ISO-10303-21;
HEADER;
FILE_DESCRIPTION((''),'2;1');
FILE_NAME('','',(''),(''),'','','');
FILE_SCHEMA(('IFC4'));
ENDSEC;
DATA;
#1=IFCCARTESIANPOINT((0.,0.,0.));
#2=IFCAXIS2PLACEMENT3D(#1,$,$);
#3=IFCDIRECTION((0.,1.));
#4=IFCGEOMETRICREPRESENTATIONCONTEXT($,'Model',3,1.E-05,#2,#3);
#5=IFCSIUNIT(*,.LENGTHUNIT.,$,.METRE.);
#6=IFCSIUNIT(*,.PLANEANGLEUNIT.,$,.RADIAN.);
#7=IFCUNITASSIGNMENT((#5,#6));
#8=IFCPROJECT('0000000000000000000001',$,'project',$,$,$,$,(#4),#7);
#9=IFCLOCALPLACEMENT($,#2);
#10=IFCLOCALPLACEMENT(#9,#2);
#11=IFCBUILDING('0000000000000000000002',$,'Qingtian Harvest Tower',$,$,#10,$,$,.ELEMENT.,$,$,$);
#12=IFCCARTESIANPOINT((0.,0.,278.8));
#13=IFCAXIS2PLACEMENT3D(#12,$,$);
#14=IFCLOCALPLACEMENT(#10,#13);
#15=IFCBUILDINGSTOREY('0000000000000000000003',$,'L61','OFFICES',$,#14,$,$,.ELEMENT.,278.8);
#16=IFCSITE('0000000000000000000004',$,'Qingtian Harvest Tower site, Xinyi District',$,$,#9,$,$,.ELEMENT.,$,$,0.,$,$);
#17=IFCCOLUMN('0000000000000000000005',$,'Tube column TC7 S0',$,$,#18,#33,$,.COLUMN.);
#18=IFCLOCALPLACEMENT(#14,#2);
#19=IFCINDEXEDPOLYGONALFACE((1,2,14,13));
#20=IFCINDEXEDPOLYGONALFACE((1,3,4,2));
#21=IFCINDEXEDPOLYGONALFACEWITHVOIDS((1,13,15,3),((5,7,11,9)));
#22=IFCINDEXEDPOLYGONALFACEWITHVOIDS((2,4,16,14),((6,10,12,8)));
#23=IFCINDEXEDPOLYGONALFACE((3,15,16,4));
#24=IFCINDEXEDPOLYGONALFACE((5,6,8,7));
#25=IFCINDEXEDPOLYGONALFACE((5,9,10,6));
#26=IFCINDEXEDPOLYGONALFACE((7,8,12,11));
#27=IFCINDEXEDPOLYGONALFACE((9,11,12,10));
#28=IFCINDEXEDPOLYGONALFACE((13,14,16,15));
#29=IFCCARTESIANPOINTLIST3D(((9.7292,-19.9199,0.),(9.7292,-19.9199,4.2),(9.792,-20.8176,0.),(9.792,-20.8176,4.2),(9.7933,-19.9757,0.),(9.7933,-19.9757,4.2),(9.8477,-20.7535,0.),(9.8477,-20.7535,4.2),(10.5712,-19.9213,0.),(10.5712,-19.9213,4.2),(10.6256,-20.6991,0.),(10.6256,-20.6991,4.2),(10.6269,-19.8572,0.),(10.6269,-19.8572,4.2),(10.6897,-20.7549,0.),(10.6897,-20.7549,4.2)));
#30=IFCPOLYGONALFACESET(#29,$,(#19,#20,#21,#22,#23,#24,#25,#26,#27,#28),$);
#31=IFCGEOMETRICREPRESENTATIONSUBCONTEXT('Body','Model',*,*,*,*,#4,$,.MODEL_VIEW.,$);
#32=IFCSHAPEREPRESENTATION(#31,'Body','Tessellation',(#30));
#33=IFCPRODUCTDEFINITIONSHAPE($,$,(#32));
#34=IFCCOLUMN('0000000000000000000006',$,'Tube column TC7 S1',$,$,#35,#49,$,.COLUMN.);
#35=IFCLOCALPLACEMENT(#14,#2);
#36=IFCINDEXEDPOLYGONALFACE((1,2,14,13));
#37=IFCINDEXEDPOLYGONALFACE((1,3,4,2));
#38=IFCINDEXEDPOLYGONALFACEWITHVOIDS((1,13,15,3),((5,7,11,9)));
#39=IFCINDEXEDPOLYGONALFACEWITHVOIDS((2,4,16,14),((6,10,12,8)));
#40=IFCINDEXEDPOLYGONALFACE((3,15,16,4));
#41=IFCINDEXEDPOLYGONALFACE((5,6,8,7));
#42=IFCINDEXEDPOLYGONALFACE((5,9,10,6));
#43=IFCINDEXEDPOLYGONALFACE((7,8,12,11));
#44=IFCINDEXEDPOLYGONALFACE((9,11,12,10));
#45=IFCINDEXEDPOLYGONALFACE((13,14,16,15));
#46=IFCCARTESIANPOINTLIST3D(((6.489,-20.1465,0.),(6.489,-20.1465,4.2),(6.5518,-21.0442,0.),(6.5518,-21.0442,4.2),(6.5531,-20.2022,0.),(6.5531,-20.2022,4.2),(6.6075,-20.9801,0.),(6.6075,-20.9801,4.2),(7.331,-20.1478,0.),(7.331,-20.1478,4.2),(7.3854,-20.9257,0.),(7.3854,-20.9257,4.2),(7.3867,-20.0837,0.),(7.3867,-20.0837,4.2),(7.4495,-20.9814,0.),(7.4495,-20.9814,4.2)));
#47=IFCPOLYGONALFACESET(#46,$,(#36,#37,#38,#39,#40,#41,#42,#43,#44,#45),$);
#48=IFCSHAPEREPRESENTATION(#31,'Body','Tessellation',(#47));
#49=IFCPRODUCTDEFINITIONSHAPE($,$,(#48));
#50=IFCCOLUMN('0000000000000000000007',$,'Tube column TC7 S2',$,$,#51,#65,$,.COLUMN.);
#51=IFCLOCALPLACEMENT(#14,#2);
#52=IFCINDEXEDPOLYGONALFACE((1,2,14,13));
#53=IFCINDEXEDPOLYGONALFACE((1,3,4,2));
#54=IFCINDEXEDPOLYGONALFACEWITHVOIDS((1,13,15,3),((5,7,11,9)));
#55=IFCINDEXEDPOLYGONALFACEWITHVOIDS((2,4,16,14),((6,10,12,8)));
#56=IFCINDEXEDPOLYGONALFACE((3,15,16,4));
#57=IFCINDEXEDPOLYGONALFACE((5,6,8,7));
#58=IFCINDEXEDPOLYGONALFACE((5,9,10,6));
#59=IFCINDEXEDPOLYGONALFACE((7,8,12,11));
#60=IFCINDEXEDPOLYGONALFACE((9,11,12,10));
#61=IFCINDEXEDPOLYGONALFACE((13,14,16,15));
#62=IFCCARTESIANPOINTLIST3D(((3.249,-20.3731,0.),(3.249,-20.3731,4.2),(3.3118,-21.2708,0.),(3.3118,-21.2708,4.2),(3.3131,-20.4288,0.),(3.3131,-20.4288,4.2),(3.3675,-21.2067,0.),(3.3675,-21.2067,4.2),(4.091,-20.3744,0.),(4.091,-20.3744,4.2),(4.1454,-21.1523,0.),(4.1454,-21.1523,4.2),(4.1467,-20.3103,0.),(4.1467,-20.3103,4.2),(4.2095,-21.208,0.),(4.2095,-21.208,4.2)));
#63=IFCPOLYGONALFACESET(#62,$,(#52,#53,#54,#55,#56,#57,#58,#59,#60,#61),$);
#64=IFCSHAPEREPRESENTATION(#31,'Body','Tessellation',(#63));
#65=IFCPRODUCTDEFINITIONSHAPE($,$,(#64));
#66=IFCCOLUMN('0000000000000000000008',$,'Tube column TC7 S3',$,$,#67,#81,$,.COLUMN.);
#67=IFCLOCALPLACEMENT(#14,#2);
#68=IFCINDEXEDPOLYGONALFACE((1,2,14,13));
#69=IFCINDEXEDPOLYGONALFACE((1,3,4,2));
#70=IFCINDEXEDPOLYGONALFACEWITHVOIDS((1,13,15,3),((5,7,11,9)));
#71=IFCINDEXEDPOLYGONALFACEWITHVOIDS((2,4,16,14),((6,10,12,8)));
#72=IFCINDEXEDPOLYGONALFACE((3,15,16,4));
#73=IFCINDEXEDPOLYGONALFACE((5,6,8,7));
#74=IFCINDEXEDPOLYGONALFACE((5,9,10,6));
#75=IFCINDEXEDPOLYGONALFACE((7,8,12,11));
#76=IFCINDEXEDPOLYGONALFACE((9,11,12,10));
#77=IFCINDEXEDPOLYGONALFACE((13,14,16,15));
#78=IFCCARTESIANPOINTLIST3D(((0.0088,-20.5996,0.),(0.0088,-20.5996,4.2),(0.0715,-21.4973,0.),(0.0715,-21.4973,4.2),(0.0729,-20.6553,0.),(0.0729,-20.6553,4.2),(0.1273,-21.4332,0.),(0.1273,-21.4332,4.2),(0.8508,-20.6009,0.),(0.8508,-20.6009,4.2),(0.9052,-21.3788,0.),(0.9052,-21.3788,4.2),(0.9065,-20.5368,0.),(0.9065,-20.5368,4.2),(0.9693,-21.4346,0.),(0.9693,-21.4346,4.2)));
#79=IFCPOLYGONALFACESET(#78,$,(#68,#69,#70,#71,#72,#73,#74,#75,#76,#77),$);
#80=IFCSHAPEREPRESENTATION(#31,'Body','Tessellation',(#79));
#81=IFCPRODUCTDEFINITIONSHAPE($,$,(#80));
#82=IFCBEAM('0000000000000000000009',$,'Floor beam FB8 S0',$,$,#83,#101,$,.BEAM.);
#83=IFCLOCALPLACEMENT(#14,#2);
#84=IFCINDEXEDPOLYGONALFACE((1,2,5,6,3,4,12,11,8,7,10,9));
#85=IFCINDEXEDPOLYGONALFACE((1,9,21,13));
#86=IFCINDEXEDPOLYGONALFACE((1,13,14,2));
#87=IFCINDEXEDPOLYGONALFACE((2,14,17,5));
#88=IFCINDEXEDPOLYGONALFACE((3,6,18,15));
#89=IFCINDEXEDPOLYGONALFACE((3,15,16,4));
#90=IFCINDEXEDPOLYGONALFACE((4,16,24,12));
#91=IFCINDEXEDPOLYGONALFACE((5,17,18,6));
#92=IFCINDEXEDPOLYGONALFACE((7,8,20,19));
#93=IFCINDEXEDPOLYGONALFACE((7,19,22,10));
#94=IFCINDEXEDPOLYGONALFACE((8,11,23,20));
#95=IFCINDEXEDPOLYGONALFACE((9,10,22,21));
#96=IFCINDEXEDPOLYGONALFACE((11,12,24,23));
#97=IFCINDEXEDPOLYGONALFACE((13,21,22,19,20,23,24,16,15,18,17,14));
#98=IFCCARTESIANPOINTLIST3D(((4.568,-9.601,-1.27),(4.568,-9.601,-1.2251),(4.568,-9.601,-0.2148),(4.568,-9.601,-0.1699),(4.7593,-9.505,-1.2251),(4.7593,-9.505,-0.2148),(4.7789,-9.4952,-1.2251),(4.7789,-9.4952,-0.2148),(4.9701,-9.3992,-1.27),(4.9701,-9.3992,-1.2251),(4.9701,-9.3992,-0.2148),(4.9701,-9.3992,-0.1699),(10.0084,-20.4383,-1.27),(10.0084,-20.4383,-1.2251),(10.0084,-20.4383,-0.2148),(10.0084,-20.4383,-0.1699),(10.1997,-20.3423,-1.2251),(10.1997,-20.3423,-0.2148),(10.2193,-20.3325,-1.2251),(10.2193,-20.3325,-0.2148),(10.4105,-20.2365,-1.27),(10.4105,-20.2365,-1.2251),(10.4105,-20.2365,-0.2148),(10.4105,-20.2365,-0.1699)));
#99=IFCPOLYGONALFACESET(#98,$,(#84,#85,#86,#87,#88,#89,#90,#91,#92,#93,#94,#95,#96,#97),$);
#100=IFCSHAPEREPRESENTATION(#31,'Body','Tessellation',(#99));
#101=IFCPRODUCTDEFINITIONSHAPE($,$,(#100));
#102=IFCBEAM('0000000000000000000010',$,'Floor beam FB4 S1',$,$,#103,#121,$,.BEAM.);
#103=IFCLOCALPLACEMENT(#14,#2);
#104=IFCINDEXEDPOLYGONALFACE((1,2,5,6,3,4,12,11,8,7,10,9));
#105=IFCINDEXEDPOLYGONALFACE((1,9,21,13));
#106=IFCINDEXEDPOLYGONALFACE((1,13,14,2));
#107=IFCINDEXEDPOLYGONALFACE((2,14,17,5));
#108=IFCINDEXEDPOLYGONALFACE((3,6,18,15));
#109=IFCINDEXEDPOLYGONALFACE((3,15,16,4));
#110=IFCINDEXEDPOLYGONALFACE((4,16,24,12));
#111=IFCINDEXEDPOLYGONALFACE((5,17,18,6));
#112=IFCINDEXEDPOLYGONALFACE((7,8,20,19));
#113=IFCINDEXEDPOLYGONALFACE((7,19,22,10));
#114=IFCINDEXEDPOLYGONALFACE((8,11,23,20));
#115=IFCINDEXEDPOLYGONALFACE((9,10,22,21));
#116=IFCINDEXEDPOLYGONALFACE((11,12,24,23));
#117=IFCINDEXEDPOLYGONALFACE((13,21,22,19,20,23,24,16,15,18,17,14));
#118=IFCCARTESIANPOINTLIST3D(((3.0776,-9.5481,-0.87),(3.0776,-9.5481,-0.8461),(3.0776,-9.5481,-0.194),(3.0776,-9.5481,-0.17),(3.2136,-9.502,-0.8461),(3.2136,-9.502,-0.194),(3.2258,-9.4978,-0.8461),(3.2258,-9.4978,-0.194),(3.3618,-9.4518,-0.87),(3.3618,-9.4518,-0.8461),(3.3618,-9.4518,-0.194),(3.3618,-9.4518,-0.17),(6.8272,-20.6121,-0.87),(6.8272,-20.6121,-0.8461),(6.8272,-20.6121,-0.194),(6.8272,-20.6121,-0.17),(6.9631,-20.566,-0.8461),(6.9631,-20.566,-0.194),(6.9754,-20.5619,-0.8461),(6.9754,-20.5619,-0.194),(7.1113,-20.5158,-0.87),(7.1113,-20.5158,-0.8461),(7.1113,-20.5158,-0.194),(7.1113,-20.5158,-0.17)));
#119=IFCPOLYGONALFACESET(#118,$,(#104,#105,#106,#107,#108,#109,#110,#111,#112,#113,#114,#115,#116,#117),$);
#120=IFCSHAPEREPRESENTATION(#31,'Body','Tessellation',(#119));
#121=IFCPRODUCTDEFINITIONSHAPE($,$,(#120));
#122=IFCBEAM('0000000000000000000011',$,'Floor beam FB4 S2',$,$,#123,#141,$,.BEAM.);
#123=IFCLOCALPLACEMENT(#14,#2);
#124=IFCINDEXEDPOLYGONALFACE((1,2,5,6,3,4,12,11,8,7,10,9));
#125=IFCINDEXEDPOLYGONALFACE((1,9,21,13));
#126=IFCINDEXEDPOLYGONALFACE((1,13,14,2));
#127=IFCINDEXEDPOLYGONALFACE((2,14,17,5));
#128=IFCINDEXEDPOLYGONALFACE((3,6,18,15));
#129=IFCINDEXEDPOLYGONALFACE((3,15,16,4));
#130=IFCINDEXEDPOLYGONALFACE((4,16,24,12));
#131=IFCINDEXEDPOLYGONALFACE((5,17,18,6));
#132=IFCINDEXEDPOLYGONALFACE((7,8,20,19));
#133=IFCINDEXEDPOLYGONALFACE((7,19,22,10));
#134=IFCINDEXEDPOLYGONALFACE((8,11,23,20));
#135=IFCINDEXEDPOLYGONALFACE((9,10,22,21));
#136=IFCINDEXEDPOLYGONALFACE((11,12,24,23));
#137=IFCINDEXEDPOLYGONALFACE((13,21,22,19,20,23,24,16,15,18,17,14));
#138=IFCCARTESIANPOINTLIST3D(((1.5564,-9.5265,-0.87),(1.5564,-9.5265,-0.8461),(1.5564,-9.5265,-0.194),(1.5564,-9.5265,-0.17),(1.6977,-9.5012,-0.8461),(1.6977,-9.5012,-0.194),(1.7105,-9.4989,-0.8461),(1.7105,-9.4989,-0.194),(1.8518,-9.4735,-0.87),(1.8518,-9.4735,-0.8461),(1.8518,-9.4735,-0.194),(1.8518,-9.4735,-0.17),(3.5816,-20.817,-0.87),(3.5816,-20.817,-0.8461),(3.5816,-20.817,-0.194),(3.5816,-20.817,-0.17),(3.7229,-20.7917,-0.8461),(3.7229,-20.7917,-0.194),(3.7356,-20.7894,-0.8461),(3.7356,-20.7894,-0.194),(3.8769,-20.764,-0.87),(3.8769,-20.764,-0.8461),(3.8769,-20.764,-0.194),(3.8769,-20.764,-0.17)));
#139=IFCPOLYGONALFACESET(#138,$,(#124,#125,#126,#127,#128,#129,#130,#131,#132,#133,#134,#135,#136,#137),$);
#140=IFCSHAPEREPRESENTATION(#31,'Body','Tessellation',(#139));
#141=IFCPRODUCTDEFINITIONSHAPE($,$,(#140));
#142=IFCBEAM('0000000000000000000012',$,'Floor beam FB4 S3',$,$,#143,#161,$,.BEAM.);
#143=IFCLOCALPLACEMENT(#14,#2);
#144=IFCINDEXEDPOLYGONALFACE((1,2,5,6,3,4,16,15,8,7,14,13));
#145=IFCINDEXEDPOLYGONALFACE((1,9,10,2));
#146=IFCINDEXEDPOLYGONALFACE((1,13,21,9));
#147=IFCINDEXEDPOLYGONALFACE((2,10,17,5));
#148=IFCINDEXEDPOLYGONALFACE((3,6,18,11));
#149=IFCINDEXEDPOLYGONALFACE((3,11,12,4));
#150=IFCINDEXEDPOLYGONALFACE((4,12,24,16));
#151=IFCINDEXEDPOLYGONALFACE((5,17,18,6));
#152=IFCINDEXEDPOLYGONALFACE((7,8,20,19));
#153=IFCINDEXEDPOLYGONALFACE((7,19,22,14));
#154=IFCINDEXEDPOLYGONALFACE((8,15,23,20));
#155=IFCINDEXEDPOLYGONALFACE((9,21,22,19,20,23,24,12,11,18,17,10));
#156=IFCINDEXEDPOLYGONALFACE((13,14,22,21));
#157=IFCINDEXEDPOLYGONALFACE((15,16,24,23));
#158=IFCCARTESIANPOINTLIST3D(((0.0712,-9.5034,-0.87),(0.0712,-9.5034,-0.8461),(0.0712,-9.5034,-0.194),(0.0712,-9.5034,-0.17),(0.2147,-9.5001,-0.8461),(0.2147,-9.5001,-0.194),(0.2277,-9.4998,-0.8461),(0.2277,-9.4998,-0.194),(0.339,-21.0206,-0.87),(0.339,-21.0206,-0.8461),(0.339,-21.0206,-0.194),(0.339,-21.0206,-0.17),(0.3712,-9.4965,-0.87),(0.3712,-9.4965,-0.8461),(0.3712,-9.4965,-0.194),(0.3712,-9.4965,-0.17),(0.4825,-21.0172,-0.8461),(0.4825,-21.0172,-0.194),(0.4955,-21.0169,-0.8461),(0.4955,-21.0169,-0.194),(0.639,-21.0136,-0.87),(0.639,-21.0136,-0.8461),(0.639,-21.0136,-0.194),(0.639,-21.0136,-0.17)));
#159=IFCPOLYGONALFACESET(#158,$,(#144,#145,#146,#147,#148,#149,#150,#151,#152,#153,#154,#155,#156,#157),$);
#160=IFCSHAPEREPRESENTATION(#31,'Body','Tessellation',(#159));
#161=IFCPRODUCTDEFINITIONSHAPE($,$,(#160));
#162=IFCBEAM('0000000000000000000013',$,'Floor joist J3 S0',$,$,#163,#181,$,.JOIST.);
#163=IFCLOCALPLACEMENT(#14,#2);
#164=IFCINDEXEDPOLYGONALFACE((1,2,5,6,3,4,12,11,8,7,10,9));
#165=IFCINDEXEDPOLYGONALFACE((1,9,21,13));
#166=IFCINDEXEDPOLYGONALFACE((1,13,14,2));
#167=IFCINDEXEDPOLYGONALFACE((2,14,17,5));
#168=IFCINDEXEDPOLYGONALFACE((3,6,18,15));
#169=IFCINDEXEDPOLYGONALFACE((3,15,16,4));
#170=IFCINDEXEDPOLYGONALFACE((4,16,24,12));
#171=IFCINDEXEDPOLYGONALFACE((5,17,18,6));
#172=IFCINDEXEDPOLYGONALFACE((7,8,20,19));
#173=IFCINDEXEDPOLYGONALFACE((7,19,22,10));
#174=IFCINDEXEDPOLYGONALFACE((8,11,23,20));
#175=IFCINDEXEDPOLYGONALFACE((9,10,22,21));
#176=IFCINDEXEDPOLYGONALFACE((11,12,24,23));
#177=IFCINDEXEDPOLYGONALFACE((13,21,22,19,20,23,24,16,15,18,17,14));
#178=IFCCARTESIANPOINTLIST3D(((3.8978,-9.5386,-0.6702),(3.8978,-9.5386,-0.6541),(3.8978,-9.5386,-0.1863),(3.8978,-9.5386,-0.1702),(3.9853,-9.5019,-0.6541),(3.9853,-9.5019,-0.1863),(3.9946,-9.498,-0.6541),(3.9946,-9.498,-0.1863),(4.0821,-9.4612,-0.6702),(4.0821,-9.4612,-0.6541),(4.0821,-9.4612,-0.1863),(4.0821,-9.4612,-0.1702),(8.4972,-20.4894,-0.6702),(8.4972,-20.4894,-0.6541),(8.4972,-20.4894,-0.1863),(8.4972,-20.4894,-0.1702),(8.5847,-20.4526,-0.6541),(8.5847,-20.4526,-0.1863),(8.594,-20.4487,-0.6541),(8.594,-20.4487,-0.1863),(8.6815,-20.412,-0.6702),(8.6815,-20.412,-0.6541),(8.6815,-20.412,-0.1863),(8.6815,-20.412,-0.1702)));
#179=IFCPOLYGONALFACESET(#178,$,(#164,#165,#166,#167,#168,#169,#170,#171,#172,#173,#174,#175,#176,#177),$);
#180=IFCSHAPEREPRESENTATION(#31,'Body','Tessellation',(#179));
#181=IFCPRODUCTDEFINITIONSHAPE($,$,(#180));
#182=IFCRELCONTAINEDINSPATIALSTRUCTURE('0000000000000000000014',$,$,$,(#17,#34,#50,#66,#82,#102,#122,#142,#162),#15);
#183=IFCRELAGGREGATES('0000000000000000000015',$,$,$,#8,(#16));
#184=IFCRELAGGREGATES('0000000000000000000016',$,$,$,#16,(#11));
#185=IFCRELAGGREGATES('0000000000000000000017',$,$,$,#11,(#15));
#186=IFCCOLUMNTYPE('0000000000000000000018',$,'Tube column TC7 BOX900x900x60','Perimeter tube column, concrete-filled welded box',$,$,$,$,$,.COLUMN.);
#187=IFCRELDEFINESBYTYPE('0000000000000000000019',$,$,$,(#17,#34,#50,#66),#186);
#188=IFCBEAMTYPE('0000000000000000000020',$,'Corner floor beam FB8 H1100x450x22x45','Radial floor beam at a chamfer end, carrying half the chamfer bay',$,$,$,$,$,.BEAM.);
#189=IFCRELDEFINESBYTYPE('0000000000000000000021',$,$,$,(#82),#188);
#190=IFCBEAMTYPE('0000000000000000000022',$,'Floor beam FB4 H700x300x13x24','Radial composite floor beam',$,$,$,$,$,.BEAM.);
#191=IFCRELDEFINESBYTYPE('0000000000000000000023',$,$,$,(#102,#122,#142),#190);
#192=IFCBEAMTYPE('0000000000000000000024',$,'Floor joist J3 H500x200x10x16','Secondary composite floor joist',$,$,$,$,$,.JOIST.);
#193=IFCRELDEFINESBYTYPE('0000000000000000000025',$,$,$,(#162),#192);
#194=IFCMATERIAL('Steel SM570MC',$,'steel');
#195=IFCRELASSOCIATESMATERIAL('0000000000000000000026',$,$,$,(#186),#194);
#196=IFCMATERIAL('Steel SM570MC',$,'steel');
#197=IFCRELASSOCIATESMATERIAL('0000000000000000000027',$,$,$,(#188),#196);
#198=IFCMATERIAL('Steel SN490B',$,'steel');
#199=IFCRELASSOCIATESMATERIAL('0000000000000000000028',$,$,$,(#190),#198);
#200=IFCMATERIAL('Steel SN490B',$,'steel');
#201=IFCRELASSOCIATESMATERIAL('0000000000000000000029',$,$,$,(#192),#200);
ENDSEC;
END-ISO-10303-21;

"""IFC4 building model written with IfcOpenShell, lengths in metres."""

from ifc_helpers import new_model, si_unit, direction, frame, origin, origin_2d, place, context, subcontext, project, spatial, hollow_rectangle, i_section, extrude, material, material_profile, profile_set, type_object, element, save


model = new_model("IFC4")

# Units and contexts
model_context = context("Model", 3, precision=1e-05, world=origin(), true_north=direction((0.0, 1.0)))
body_context = subcontext(model_context, "Body", "Model", "MODEL_VIEW")
ifc_project = project(units=[si_unit("LENGTHUNIT", "METRE"), si_unit("PLANEANGLEUNIT", "RADIAN")], contexts=[model_context])

# Site, building, storey
site_placement = place(None, origin())
site = spatial("IfcSite", under=ifc_project, at=site_placement, Name="Qingtian Harvest Tower site, Xinyi District", CompositionType="ELEMENT", RefElevation=0.0)
building_placement = place(site_placement, origin())
building = spatial("IfcBuilding", under=site, at=building_placement, Name="Qingtian Harvest Tower", CompositionType="ELEMENT")
storey_placement = place(building_placement, frame((0.0, 0.0, 278.8)))
storey = spatial("IfcBuildingStorey", under=building, at=storey_placement, Name="L61", Description="OFFICES", CompositionType="ELEMENT", Elevation=278.8)

# Columns
ifc_material_1 = material(Name="Steel SM570MC", Category="steel")
ifc_material_profile_1 = material_profile(ifc_material_1, hollow_rectangle(XDim=0.8999, YDim=0.8999, WallThickness=0.0601, at=origin_2d()), Name="BOX900x900x60")
ifc_profile_set_1 = profile_set([ifc_material_profile_1], Name="Steel SM570MC")
column_type = type_object("IfcColumnType", Name="Tube column TC7 BOX900x900x60", Description="Perimeter tube column, concrete-filled welded box", PredefinedType="COLUMN", material=ifc_profile_set_1)
for number, where, z_axis, x_axis, name in (
    (1, (10.2095, -20.3374, 0.0), (0.0, 0.0, 1.0), (0.997564, 0.069756, 0.0), "Tube column TC7 S0"),
    (2, (6.9692, -20.564, 0.0), (0.0, 0.0, 1.0), (0.997564, 0.069756, 0.0), "Tube column TC7 S1"),
    (3, (3.7292, -20.7905, 0.0), (0.0, 0.0, 1.0), (0.997564, 0.069756, 0.0), "Tube column TC7 S2"),
    (4, (0.489, -21.0171, 0.0), (0.0, 0.0, 1.0), (0.997564, 0.069756, 0.0), "Tube column TC7 S3"),
):
    element("IfcColumn", number, at=place(storey_placement, frame(where, z_axis=z_axis, x_axis=x_axis)), inside=storey, type_object=column_type, Name=name, PredefinedType="COLUMN", context=body_context, shape_type="SweptSolid", body=[
        extrude(hollow_rectangle(XDim=0.8999, YDim=0.8999, WallThickness=0.0601, at=origin_2d()), origin(), (0.0, 0.0, 1.0), 4.2),
    ])

# Beams
ifc_material_2 = material(Name="Steel SM570MC", Category="steel")
ifc_material_profile_2 = material_profile(ifc_material_2, i_section(OverallWidth=0.45, OverallDepth=1.1001, WebThickness=0.022, FlangeThickness=0.0449, at=origin_2d()), Name="H1100x450x22x45")
ifc_profile_set_2 = profile_set([ifc_material_profile_2], Name="Steel SM570MC")
beam_type_1 = type_object("IfcBeamType", Name="Corner floor beam FB8 H1100x450x22x45", Description="Radial floor beam at a chamfer end, carrying half the chamfer bay", PredefinedType="BEAM", material=ifc_profile_set_2)
beam_1_placement = place(storey_placement, frame((10.2095, -20.3374, -0.72), z_axis=(-0.448646, 0.893709, 0.0), x_axis=(-0.893709, -0.448646, 0.0)))
element("IfcBeam", 5, at=beam_1_placement, inside=storey, type_object=beam_type_1, Name="Floor beam FB8 S0", PredefinedType="BEAM", context=body_context, shape_type="SweptSolid", body=[
    extrude(i_section(OverallWidth=0.45, OverallDepth=1.1001, WebThickness=0.022, FlangeThickness=0.0449, at=origin_2d()), origin(), (0.0, 0.0, 1.0), 12.1262),
])
ifc_material_3 = material(Name="Steel SN490B", Category="steel")
ifc_material_profile_3 = material_profile(ifc_material_3, i_section(OverallWidth=0.3, OverallDepth=0.7, WebThickness=0.0129, FlangeThickness=0.0239, at=origin_2d()), Name="H700x300x13x24")
ifc_profile_set_3 = profile_set([ifc_material_profile_3], Name="Steel SN490B")
beam_type_2 = type_object("IfcBeamType", Name="Floor beam FB4 H700x300x13x24", Description="Radial composite floor beam", PredefinedType="BEAM", material=ifc_profile_set_3)
beam_2_placement = place(storey_placement, frame((6.9692, -20.564, -0.52), z_axis=(-0.320964, 0.947092, 0.0), x_axis=(-0.947092, -0.320964, 0.0)))
element("IfcBeam", 6, at=beam_2_placement, inside=storey, type_object=beam_type_2, Name="Floor beam FB4 S1", PredefinedType="BEAM", context=body_context, shape_type="SweptSolid", body=[
    extrude(i_section(OverallWidth=0.3, OverallDepth=0.7, WebThickness=0.0129, FlangeThickness=0.0239, at=origin_2d()), origin(), (0.0, 0.0, 1.0), 11.6821),
])
beam_3_placement = place(storey_placement, frame((3.7292, -20.7905, -0.52), z_axis=(-0.176549, 0.984292, 0.0), x_axis=(-0.984292, -0.176549, 0.0)))
element("IfcBeam", 7, at=beam_3_placement, inside=storey, type_object=beam_type_2, Name="Floor beam FB4 S2", PredefinedType="BEAM", context=body_context, shape_type="SweptSolid", body=[
    extrude(i_section(OverallWidth=0.3, OverallDepth=0.7, WebThickness=0.0129, FlangeThickness=0.0239, at=origin_2d()), origin(), (0.0, 0.0, 1.0), 11.4707),
])
beam_4_placement = place(storey_placement, frame((0.489, -21.0171, -0.52), z_axis=(-0.023248, 0.99973, 0.0), x_axis=(-0.99973, -0.023248, 0.0)))
element("IfcBeam", 8, at=beam_4_placement, inside=storey, type_object=beam_type_2, Name="Floor beam FB4 S3", PredefinedType="BEAM", context=body_context, shape_type="SweptSolid", body=[
    extrude(i_section(OverallWidth=0.3, OverallDepth=0.7, WebThickness=0.0129, FlangeThickness=0.0239, at=origin_2d()), origin(), (0.0, 0.0, 1.0), 11.5203),
])
ifc_material_4 = material(Name="Steel SN490B", Category="steel")
ifc_material_profile_4 = material_profile(ifc_material_4, i_section(OverallWidth=0.2, OverallDepth=0.5, WebThickness=0.01, FlangeThickness=0.0161, at=origin_2d()), Name="H500x200x10x16")
ifc_profile_set_4 = profile_set([ifc_material_profile_4], Name="Steel SN490B")
beam_type_3 = type_object("IfcBeamType", Name="Floor joist J3 H500x200x10x16", Description="Secondary composite floor joist", PredefinedType="JOIST", material=ifc_profile_set_4)
beam_5_placement = place(storey_placement, frame((8.5894, -20.4507, -0.4202), z_axis=(-0.387238, 0.92198, 0.0), x_axis=(-0.92198, -0.387238, 0.0)))
element("IfcBeam", 9, at=beam_5_placement, inside=storey, type_object=beam_type_3, Name="Floor joist J3 S0", PredefinedType="JOIST", context=body_context, shape_type="SweptSolid", body=[
    extrude(i_section(OverallWidth=0.2, OverallDepth=0.5, WebThickness=0.01, FlangeThickness=0.0161, at=origin_2d()), origin(), (0.0, 0.0, 1.0), 11.8774),
])

save(model, "model.ifc")
